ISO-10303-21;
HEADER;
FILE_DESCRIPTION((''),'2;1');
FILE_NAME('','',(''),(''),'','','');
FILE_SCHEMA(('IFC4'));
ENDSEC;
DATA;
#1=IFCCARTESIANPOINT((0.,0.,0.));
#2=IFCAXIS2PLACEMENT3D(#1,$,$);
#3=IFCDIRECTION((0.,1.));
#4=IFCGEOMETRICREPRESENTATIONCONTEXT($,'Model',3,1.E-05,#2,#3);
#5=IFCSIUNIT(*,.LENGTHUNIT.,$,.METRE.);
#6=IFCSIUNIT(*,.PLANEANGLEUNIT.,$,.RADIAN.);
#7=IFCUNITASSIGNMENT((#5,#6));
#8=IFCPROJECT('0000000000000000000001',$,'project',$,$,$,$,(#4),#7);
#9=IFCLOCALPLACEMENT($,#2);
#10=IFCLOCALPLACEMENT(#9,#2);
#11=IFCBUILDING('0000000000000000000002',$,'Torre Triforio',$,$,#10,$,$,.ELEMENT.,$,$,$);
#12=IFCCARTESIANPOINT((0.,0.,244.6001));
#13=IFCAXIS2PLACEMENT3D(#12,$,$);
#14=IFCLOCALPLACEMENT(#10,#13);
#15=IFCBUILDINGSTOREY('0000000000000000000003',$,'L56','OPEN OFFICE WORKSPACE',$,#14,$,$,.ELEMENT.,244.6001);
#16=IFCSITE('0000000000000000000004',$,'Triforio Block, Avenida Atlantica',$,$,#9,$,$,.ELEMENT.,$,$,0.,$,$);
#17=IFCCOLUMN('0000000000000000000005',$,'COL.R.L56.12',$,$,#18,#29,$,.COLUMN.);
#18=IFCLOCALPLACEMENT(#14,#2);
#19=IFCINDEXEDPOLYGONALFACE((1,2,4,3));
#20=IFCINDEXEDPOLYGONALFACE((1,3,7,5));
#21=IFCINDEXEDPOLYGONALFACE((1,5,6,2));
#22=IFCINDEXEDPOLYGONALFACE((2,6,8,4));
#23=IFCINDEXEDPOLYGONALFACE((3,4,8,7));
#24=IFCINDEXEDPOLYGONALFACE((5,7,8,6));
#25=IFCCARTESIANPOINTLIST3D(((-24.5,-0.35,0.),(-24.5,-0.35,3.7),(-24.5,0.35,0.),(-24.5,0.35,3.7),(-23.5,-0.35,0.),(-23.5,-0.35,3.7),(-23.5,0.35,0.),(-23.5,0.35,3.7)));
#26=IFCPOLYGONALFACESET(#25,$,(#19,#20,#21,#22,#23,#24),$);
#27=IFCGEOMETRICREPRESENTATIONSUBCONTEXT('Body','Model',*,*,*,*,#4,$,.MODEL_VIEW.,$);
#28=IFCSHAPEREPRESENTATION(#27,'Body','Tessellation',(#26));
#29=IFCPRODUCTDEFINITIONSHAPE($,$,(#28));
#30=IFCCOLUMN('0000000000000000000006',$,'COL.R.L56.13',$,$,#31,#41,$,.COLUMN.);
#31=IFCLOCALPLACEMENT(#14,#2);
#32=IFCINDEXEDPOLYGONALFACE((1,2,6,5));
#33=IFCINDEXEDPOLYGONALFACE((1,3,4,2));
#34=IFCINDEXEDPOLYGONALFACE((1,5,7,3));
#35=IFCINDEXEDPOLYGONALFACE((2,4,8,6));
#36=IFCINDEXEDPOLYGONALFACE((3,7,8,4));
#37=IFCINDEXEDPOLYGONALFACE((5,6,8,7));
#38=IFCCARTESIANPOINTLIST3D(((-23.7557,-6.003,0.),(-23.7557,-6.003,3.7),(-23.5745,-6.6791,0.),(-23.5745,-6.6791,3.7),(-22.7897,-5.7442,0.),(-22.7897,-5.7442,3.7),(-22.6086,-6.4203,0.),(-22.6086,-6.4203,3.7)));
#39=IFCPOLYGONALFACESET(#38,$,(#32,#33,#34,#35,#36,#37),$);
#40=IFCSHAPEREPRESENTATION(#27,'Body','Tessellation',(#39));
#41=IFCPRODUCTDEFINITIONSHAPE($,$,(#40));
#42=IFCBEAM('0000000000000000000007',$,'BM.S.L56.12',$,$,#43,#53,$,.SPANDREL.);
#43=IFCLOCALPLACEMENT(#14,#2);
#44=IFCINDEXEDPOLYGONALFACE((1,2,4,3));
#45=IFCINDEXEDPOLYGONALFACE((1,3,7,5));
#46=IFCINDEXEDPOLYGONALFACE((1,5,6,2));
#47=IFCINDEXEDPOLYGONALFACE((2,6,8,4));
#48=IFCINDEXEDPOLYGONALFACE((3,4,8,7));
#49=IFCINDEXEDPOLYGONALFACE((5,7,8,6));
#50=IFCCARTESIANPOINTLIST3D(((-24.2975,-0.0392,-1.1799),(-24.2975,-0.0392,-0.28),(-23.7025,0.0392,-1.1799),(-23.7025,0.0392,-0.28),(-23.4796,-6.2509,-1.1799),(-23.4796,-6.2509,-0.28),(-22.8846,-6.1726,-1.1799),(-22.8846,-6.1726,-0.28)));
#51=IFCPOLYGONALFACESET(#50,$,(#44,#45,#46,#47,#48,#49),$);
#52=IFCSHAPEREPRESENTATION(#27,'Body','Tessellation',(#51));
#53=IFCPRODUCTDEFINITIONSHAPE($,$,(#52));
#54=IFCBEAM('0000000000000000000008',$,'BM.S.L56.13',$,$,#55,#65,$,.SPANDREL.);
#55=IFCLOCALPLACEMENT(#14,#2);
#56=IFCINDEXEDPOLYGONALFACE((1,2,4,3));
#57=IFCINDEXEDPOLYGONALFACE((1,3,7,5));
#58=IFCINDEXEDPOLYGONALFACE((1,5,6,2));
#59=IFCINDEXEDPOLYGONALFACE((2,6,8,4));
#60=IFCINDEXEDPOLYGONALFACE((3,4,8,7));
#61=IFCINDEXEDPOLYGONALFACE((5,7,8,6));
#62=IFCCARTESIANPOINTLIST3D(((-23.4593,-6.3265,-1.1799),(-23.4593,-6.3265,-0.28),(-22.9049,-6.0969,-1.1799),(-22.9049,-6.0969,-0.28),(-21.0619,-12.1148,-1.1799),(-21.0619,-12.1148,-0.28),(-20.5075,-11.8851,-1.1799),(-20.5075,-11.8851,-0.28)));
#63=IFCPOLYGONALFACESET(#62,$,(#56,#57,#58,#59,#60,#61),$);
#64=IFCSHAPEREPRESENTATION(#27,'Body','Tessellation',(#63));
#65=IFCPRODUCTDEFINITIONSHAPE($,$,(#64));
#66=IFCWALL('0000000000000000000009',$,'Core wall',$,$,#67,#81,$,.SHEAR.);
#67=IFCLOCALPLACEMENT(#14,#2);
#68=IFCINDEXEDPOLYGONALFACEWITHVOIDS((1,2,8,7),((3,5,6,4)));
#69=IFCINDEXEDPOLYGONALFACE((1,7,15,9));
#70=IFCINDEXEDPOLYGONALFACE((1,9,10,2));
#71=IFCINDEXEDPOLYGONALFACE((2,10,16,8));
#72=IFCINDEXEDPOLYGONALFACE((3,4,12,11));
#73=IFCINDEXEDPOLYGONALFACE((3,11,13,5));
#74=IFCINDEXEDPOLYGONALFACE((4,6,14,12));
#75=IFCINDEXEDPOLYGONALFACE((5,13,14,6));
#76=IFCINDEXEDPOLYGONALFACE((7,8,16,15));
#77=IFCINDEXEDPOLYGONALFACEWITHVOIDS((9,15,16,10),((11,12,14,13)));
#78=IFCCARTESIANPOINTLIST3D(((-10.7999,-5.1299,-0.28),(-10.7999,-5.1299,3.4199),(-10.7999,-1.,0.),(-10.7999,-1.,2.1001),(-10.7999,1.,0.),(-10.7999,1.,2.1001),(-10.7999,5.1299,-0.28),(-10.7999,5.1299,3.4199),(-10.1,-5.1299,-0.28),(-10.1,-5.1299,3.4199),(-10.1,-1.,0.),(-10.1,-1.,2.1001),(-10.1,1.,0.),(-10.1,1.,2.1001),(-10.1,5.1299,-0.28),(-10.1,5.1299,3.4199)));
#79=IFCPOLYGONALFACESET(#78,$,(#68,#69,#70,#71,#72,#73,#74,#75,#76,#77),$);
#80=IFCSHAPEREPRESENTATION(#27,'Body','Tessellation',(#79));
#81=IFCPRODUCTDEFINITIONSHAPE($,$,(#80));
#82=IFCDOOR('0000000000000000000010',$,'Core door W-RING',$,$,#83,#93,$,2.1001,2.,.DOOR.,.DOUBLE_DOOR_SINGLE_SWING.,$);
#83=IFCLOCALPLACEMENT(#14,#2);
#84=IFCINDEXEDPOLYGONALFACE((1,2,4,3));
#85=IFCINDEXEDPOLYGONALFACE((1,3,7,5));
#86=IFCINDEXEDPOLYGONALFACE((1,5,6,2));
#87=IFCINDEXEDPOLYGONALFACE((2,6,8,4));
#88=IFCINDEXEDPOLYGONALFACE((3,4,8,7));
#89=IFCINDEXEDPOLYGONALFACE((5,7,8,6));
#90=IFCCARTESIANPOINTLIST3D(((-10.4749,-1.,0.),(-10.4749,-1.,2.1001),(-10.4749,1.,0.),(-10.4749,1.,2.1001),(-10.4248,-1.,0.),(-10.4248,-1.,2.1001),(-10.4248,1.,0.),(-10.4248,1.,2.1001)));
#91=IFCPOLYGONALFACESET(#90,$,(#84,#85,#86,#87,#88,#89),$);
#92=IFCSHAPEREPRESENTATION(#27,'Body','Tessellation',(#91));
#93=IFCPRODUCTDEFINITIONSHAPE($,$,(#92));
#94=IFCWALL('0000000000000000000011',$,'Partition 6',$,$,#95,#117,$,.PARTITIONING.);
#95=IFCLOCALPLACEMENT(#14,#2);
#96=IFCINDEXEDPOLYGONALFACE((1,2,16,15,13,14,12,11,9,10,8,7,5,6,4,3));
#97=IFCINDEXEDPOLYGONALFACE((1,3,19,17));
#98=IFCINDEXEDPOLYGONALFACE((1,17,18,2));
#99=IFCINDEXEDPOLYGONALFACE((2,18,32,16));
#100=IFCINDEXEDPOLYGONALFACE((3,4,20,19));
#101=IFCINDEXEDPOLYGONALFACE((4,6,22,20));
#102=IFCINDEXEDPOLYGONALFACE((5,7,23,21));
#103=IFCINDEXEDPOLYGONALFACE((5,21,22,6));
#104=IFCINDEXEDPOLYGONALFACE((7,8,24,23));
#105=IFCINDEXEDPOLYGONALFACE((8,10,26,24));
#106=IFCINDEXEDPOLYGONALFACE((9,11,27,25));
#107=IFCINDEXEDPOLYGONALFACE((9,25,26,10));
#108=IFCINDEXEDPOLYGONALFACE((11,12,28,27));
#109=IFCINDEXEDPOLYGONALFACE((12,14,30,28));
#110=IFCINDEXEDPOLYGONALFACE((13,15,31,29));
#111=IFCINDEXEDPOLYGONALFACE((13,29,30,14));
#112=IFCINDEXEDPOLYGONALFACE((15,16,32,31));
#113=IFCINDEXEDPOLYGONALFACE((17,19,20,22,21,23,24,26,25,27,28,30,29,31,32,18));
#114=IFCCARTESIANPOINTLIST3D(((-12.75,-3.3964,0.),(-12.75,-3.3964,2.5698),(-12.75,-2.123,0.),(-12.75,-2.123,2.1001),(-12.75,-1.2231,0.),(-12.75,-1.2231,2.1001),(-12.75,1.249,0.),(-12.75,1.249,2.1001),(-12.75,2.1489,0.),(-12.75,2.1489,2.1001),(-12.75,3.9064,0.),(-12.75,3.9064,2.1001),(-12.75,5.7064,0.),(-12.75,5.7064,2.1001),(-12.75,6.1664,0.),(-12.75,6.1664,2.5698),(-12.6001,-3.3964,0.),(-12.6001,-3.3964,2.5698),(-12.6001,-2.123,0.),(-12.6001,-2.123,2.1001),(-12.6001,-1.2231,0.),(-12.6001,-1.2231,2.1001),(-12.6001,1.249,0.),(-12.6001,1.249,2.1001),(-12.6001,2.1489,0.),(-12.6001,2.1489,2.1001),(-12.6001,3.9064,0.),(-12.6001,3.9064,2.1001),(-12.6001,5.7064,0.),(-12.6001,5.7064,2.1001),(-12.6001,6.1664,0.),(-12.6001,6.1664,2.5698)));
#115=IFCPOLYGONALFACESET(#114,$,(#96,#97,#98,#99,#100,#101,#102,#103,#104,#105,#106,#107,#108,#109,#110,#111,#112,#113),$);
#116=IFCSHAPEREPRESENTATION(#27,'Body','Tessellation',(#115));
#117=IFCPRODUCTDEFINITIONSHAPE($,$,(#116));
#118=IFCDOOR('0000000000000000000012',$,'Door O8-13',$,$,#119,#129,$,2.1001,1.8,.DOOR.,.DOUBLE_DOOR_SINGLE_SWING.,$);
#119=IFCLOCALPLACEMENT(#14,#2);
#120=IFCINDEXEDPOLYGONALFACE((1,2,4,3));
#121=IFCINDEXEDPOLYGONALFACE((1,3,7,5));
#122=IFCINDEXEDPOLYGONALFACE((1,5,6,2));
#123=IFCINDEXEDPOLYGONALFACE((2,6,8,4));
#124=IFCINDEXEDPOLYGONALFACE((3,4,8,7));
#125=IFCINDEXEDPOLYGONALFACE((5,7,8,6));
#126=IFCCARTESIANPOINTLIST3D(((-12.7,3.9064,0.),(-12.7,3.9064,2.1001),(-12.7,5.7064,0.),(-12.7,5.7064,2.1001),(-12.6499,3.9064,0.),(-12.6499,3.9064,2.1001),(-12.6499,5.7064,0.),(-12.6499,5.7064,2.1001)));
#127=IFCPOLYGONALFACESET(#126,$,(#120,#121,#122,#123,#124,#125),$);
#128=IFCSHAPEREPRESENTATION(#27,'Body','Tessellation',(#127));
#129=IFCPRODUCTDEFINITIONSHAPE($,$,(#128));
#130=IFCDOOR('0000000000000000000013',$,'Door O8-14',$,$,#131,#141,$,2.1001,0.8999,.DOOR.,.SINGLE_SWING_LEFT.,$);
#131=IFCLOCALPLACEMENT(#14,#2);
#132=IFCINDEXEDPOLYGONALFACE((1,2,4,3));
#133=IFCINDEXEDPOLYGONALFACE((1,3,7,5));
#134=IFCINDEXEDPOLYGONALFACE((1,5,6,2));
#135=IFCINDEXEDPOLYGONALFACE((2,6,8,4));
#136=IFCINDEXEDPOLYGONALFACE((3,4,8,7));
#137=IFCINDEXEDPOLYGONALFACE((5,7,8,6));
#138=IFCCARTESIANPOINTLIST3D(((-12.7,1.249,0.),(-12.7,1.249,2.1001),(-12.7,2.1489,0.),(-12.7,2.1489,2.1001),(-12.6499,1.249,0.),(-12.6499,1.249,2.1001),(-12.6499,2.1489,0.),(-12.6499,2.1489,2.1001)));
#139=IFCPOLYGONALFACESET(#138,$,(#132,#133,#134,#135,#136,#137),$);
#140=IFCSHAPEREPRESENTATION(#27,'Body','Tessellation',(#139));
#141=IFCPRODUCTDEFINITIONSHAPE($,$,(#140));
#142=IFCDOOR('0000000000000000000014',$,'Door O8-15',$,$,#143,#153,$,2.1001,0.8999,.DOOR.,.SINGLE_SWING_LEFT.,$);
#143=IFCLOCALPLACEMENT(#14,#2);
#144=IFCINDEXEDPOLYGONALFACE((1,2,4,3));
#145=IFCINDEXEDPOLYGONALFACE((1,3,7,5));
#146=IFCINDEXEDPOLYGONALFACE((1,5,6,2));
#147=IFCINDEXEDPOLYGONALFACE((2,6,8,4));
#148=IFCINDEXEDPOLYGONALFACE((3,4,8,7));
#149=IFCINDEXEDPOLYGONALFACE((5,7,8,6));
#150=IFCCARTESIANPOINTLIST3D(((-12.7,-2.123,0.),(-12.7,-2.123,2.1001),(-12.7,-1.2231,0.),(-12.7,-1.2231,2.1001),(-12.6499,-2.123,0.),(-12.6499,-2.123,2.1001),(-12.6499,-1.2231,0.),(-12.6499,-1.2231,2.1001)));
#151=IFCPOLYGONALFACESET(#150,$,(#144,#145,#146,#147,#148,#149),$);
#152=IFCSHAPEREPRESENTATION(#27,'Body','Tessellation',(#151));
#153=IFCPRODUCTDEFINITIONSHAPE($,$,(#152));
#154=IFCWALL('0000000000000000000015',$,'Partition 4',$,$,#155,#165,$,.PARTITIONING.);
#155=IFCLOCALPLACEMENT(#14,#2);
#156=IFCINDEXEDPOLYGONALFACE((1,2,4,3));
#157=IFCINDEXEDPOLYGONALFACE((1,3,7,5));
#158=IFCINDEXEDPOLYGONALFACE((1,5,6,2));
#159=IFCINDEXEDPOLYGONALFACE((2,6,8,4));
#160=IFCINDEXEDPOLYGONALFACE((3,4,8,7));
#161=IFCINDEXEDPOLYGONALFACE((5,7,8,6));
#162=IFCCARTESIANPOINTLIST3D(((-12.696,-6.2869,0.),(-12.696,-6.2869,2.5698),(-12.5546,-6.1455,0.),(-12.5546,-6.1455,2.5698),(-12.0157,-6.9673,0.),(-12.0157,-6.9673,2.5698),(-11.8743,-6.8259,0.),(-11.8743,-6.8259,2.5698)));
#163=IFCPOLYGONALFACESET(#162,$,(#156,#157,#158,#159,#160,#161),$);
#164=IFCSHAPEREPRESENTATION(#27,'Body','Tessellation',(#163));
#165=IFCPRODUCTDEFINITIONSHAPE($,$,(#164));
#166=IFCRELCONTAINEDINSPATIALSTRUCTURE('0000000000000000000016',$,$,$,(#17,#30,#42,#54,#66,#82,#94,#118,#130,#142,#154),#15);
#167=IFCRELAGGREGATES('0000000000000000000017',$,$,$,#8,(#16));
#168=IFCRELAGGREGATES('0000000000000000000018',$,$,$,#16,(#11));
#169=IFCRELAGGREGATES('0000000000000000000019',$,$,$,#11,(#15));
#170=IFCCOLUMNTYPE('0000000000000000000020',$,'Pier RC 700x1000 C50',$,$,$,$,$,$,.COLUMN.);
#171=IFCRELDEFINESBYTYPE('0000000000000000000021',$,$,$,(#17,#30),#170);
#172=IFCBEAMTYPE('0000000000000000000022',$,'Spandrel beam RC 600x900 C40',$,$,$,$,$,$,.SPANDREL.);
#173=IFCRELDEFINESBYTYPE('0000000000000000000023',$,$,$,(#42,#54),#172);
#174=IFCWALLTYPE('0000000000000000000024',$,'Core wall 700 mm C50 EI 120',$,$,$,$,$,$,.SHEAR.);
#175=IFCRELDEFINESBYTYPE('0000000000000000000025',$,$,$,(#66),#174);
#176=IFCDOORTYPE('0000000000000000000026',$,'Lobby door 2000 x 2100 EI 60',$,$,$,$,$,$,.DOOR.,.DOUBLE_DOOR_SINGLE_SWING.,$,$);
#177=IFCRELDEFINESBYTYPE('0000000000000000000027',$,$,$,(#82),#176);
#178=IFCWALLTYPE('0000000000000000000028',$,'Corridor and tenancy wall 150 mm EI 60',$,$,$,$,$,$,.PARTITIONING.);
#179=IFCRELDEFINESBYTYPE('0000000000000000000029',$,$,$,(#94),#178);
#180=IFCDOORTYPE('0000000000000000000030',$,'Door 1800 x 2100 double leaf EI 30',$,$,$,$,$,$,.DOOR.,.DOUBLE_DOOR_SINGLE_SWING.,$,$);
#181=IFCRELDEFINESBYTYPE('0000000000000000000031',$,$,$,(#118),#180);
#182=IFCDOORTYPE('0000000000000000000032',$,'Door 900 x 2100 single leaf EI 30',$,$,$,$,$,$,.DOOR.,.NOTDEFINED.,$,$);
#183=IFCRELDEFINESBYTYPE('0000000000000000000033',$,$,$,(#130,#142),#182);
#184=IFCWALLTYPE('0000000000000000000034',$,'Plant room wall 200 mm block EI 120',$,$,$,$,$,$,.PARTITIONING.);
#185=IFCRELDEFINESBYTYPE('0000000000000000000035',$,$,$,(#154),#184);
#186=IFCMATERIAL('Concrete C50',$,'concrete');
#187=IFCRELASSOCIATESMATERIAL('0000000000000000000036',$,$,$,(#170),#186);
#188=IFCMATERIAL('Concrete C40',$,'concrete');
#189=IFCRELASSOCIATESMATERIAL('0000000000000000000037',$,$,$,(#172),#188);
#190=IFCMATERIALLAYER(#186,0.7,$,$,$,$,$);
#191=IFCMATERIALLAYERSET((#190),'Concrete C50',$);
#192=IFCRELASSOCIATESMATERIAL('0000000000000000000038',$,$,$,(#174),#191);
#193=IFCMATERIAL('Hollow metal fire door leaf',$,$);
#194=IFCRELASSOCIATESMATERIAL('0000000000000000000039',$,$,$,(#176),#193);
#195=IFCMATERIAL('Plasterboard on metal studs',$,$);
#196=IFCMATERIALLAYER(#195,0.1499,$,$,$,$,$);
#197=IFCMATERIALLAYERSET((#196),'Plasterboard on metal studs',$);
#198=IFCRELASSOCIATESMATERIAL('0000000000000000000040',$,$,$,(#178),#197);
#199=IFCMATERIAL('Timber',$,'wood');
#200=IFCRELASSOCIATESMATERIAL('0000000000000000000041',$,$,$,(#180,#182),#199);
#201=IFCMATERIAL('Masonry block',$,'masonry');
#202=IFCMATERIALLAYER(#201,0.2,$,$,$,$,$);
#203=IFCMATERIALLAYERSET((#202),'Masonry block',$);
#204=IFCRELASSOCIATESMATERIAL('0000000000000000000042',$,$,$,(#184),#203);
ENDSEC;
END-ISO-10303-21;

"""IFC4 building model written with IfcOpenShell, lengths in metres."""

from ifc_helpers import new_model, si_unit, direction, frame, frame_2d, origin, origin_2d, place, context, subcontext, project, spatial, rectangle, extrude, material, layer, layer_set, material_profile, profile_set, type_object, element, fill, save


model = new_model("IFC4")

# Units and contexts
model_context = context("Model", 3, precision=1e-05, world=origin(), true_north=direction((0.0, 1.0)))
body_context = subcontext(model_context, "Body", "Model", "MODEL_VIEW")
ifc_project = project(units=[si_unit("LENGTHUNIT", "METRE"), si_unit("PLANEANGLEUNIT", "RADIAN")], contexts=[model_context])

# Site, building, storey
site_placement = place(None, origin())
site = spatial("IfcSite", under=ifc_project, at=site_placement, Name="Triforio Block, Avenida Atlantica", CompositionType="ELEMENT", RefElevation=0.0)
building_placement = place(site_placement, origin())
building = spatial("IfcBuilding", under=site, at=building_placement, Name="Torre Triforio", CompositionType="ELEMENT")
storey_placement = place(building_placement, frame((0.0, 0.0, 244.6001)))
storey = spatial("IfcBuildingStorey", under=building, at=storey_placement, Name="L56", Description="OPEN OFFICE WORKSPACE", CompositionType="ELEMENT", Elevation=244.6001)

# Columns
ifc_material_1 = material(Name="Concrete C50", Category="concrete")
ifc_material_profile_1 = material_profile(ifc_material_1, rectangle(XDim=0.7, YDim=1.0, at=origin_2d()), Name="RC 700x1000")
ifc_profile_set_1 = profile_set([ifc_material_profile_1], Name="Concrete C50")
column_type = type_object("IfcColumnType", Name="Pier RC 700x1000 C50", PredefinedType="COLUMN", material=ifc_profile_set_1)
for number, where, z_axis, x_axis, name in (
    (1, (-24.0, 0.0, 0.0), (0.0, 0.0, 1.0), (0.0, -1.0, 0.0), "COL.R.L56.12"),
    (2, (-23.1821, -6.2117, 0.0), (0.0, 0.0, 1.0), (0.258819, -0.965926, 0.0), "COL.R.L56.13"),
):
    element("IfcColumn", number, at=place(storey_placement, frame(where, z_axis=z_axis, x_axis=x_axis)), inside=storey, type_object=column_type, Name=name, PredefinedType="COLUMN", context=body_context, shape_type="SweptSolid", body=[
        extrude(rectangle(XDim=0.7, YDim=1.0, at=origin_2d()), origin(), (0.0, 0.0, 1.0), 3.7),
    ])

# Beams
ifc_material_2 = material(Name="Concrete C40", Category="concrete")
ifc_material_profile_2 = material_profile(ifc_material_2, rectangle(XDim=0.6001, YDim=0.8999, at=origin_2d()), Name="RC 600x900")
ifc_profile_set_2 = profile_set([ifc_material_profile_2], Name="Concrete C40")
beam_type = type_object("IfcBeamType", Name="Spandrel beam RC 600x900 C40", PredefinedType="SPANDREL", material=ifc_profile_set_2)
beam_1_placement = place(storey_placement, frame((-24.0, 0.0, -0.73), z_axis=(0.13054, -0.991443, 0.0), x_axis=(0.991443, 0.13054, 0.0)))
element("IfcBeam", 3, at=beam_1_placement, inside=storey, type_object=beam_type, Name="BM.S.L56.12", PredefinedType="SPANDREL", context=body_context, shape_type="SweptSolid", body=[
    extrude(rectangle(XDim=0.6001, YDim=0.8999, at=origin_2d()), origin(), (0.0, 0.0, 1.0), 6.2654),
])
beam_2_placement = place(storey_placement, frame((-23.1821, -6.2117, -0.73), z_axis=(0.382664, -0.923888, 0.0), x_axis=(0.923888, 0.382664, 0.0)))
element("IfcBeam", 4, at=beam_2_placement, inside=storey, type_object=beam_type, Name="BM.S.L56.13", PredefinedType="SPANDREL", context=body_context, shape_type="SweptSolid", body=[
    extrude(rectangle(XDim=0.6001, YDim=0.8999, at=origin_2d()), origin(), (0.0, 0.0, 1.0), 6.2651),
])

# Wall, opening, door
ifc_layer_1 = layer(ifc_material_1, 0.7)
ifc_layer_set_1 = layer_set([ifc_layer_1], Name="Concrete C50")
wall_type_1 = type_object("IfcWallType", Name="Core wall 700 mm C50 EI 120", PredefinedType="SHEAR", material=ifc_layer_set_1)
wall_1_placement = place(storey_placement, frame((-10.45, -5.1299, -0.28), z_axis=(0.0, 0.0, 1.0), x_axis=(0.0, 1.0, 0.0)))
wall_1 = element("IfcWall", 5, at=wall_1_placement, inside=storey, type_object=wall_type_1, Name="Core wall", PredefinedType="SHEAR", context=body_context, shape_type="SweptSolid", body=[
    extrude(rectangle(XDim=10.2598, YDim=0.7, at=frame_2d((5.1299, 0.0))), origin(), (0.0, 0.0, 1.0), 3.7),
])
opening_1_placement = place(wall_1_placement, frame((4.1299, 0.0, 0.28)))
opening_1 = element("IfcOpeningElement", 6, at=opening_1_placement, cuts=wall_1, PredefinedType="OPENING", context=body_context, shape_type="SweptSolid", body=[
    extrude(rectangle(XDim=2.0, YDim=2.1001, at=frame_2d((1.0, 1.05))), frame((0.0, 0.3599, 0.0), z_axis=(0.0, -1.0, 0.0), x_axis=(1.0, 0.0, 0.0)), (0.0, 0.0, 1.0), 0.72),
])
ifc_material_3 = material(Name="Hollow metal fire door leaf")
door_type_1 = type_object("IfcDoorType", Name="Lobby door 2000 x 2100 EI 60", OperationType="DOUBLE_DOOR_SINGLE_SWING", PredefinedType="DOOR", material=ifc_material_3)
door_1_placement = place(opening_1_placement, origin())
door_1 = element("IfcDoor", 7, at=door_1_placement, inside=storey, type_object=door_type_1, Name="Core door W-RING", OperationType="DOUBLE_DOOR_SINGLE_SWING", OverallHeight=2.1001, OverallWidth=2.0, PredefinedType="DOOR", context=body_context, shape_type="SweptSolid", body=[
    extrude(rectangle(XDim=2.0, YDim=2.1001, at=frame_2d((1.0, 1.05))), frame((0.0, 0.0249, 0.0), z_axis=(0.0, -1.0, 0.0), x_axis=(1.0, 0.0, 0.0)), (0.0, 0.0, 1.0), 0.05),
])
fill(opening_1, door_1)

# Wall, openings, doors
ifc_material_4 = material(Name="Plasterboard on metal studs")
ifc_layer_2 = layer(ifc_material_4, 0.1499)
ifc_layer_set_2 = layer_set([ifc_layer_2], Name="Plasterboard on metal studs")
wall_type_2 = type_object("IfcWallType", Name="Corridor and tenancy wall 150 mm EI 60", PredefinedType="PARTITIONING", material=ifc_layer_set_2)
wall_2_placement = place(storey_placement, frame((-12.675, -3.3962, 0.0), z_axis=(0.0, 0.0, 1.0), x_axis=(0.0, 1.0, 0.0)))
wall_2 = element("IfcWall", 8, at=wall_2_placement, inside=storey, type_object=wall_type_2, Name="Partition 6", PredefinedType="PARTITIONING", context=body_context, shape_type="SweptSolid", body=[
    extrude(rectangle(XDim=9.5627, YDim=0.1499, at=frame_2d((4.7812, 0.0))), origin(), (0.0, 0.0, 1.0), 2.5698),
])
opening_2_placement = place(wall_2_placement, frame((7.3027, 0.0, 0.0)))
opening_2 = element("IfcOpeningElement", 9, at=opening_2_placement, cuts=wall_2, PredefinedType="OPENING", context=body_context, shape_type="SweptSolid", body=[
    extrude(rectangle(XDim=1.8, YDim=2.1001, at=frame_2d((0.8999, 1.05))), frame((0.0, 0.085, 0.0), z_axis=(0.0, -1.0, 0.0), x_axis=(1.0, 0.0, 0.0)), (0.0, 0.0, 1.0), 0.1699),
])
opening_3_placement = place(wall_2_placement, frame((4.6453, 0.0, 0.0)))
opening_3 = element("IfcOpeningElement", 10, at=opening_3_placement, cuts=wall_2, PredefinedType="OPENING", context=body_context, shape_type="SweptSolid", body=[
    extrude(rectangle(XDim=0.8999, YDim=2.1001, at=frame_2d((0.45, 1.05))), frame((0.0, 0.085, 0.0), z_axis=(0.0, -1.0, 0.0), x_axis=(1.0, 0.0, 0.0)), (0.0, 0.0, 1.0), 0.1699),
])
opening_4_placement = place(wall_2_placement, frame((1.2732, 0.0, 0.0)))
opening_4 = element("IfcOpeningElement", 11, at=opening_4_placement, cuts=wall_2, PredefinedType="OPENING", context=body_context, shape_type="SweptSolid", body=[
    extrude(rectangle(XDim=0.8999, YDim=2.1001, at=frame_2d((0.45, 1.05))), frame((0.0, 0.085, 0.0), z_axis=(0.0, -1.0, 0.0), x_axis=(1.0, 0.0, 0.0)), (0.0, 0.0, 1.0), 0.1699),
])
ifc_material_5 = material(Name="Timber", Category="wood")
door_type_2 = type_object("IfcDoorType", Name="Door 1800 x 2100 double leaf EI 30", OperationType="DOUBLE_DOOR_SINGLE_SWING", PredefinedType="DOOR", material=ifc_material_5)
door_2_placement = place(opening_2_placement, origin())
door_2 = element("IfcDoor", 12, at=door_2_placement, inside=storey, type_object=door_type_2, Name="Door O8-13", OperationType="DOUBLE_DOOR_SINGLE_SWING", OverallHeight=2.1001, OverallWidth=1.8, PredefinedType="DOOR", context=body_context, shape_type="SweptSolid", body=[
    extrude(rectangle(XDim=1.8, YDim=2.1001, at=frame_2d((0.8999, 1.05))), frame((0.0, 0.0249, 0.0), z_axis=(0.0, -1.0, 0.0), x_axis=(1.0, 0.0, 0.0)), (0.0, 0.0, 1.0), 0.05),
])
fill(opening_2, door_2)
door_type_3 = type_object("IfcDoorType", Name="Door 900 x 2100 single leaf EI 30", OperationType="NOTDEFINED", PredefinedType="DOOR", material=ifc_material_5)
door_3_placement = place(opening_3_placement, origin())
door_3 = element("IfcDoor", 13, at=door_3_placement, inside=storey, type_object=door_type_3, Name="Door O8-14", OperationType="SINGLE_SWING_LEFT", OverallHeight=2.1001, OverallWidth=0.8999, PredefinedType="DOOR", context=body_context, shape_type="SweptSolid", body=[
    extrude(rectangle(XDim=0.8999, YDim=2.1001, at=frame_2d((0.45, 1.05))), frame((0.0, 0.0249, 0.0), z_axis=(0.0, -1.0, 0.0), x_axis=(1.0, 0.0, 0.0)), (0.0, 0.0, 1.0), 0.05),
])
fill(opening_3, door_3)
door_4_placement = place(opening_4_placement, origin())
door_4 = element("IfcDoor", 14, at=door_4_placement, inside=storey, type_object=door_type_3, Name="Door O8-15", OperationType="SINGLE_SWING_LEFT", OverallHeight=2.1001, OverallWidth=0.8999, PredefinedType="DOOR", context=body_context, shape_type="SweptSolid", body=[
    extrude(rectangle(XDim=0.8999, YDim=2.1001, at=frame_2d((0.45, 1.05))), frame((0.0, 0.0249, 0.0), z_axis=(0.0, -1.0, 0.0), x_axis=(1.0, 0.0, 0.0)), (0.0, 0.0, 1.0), 0.05),
])
fill(opening_4, door_4)

# Wall
ifc_material_6 = material(Name="Masonry block", Category="masonry")
ifc_layer_3 = layer(ifc_material_6, 0.2)
ifc_layer_set_3 = layer_set([ifc_layer_3], Name="Masonry block")
wall_type_3 = type_object("IfcWallType", Name="Plant room wall 200 mm block EI 120", PredefinedType="PARTITIONING", material=ifc_layer_set_3)
wall_3_placement = place(storey_placement, frame((-11.9451, -6.8965, 0.0), z_axis=(0.0, 0.0, 1.0), x_axis=(-0.707107, 0.707107, 0.0)))
element("IfcWall", 15, at=wall_3_placement, inside=storey, type_object=wall_type_3, Name="Partition 4", PredefinedType="PARTITIONING", context=body_context, shape_type="SweptSolid", body=[
    extrude(rectangle(XDim=0.9622, YDim=0.2, at=frame_2d((0.481, 0.0))), origin(), (0.0, 0.0, 1.0), 2.5698),
])

save(model, "model.ifc")
